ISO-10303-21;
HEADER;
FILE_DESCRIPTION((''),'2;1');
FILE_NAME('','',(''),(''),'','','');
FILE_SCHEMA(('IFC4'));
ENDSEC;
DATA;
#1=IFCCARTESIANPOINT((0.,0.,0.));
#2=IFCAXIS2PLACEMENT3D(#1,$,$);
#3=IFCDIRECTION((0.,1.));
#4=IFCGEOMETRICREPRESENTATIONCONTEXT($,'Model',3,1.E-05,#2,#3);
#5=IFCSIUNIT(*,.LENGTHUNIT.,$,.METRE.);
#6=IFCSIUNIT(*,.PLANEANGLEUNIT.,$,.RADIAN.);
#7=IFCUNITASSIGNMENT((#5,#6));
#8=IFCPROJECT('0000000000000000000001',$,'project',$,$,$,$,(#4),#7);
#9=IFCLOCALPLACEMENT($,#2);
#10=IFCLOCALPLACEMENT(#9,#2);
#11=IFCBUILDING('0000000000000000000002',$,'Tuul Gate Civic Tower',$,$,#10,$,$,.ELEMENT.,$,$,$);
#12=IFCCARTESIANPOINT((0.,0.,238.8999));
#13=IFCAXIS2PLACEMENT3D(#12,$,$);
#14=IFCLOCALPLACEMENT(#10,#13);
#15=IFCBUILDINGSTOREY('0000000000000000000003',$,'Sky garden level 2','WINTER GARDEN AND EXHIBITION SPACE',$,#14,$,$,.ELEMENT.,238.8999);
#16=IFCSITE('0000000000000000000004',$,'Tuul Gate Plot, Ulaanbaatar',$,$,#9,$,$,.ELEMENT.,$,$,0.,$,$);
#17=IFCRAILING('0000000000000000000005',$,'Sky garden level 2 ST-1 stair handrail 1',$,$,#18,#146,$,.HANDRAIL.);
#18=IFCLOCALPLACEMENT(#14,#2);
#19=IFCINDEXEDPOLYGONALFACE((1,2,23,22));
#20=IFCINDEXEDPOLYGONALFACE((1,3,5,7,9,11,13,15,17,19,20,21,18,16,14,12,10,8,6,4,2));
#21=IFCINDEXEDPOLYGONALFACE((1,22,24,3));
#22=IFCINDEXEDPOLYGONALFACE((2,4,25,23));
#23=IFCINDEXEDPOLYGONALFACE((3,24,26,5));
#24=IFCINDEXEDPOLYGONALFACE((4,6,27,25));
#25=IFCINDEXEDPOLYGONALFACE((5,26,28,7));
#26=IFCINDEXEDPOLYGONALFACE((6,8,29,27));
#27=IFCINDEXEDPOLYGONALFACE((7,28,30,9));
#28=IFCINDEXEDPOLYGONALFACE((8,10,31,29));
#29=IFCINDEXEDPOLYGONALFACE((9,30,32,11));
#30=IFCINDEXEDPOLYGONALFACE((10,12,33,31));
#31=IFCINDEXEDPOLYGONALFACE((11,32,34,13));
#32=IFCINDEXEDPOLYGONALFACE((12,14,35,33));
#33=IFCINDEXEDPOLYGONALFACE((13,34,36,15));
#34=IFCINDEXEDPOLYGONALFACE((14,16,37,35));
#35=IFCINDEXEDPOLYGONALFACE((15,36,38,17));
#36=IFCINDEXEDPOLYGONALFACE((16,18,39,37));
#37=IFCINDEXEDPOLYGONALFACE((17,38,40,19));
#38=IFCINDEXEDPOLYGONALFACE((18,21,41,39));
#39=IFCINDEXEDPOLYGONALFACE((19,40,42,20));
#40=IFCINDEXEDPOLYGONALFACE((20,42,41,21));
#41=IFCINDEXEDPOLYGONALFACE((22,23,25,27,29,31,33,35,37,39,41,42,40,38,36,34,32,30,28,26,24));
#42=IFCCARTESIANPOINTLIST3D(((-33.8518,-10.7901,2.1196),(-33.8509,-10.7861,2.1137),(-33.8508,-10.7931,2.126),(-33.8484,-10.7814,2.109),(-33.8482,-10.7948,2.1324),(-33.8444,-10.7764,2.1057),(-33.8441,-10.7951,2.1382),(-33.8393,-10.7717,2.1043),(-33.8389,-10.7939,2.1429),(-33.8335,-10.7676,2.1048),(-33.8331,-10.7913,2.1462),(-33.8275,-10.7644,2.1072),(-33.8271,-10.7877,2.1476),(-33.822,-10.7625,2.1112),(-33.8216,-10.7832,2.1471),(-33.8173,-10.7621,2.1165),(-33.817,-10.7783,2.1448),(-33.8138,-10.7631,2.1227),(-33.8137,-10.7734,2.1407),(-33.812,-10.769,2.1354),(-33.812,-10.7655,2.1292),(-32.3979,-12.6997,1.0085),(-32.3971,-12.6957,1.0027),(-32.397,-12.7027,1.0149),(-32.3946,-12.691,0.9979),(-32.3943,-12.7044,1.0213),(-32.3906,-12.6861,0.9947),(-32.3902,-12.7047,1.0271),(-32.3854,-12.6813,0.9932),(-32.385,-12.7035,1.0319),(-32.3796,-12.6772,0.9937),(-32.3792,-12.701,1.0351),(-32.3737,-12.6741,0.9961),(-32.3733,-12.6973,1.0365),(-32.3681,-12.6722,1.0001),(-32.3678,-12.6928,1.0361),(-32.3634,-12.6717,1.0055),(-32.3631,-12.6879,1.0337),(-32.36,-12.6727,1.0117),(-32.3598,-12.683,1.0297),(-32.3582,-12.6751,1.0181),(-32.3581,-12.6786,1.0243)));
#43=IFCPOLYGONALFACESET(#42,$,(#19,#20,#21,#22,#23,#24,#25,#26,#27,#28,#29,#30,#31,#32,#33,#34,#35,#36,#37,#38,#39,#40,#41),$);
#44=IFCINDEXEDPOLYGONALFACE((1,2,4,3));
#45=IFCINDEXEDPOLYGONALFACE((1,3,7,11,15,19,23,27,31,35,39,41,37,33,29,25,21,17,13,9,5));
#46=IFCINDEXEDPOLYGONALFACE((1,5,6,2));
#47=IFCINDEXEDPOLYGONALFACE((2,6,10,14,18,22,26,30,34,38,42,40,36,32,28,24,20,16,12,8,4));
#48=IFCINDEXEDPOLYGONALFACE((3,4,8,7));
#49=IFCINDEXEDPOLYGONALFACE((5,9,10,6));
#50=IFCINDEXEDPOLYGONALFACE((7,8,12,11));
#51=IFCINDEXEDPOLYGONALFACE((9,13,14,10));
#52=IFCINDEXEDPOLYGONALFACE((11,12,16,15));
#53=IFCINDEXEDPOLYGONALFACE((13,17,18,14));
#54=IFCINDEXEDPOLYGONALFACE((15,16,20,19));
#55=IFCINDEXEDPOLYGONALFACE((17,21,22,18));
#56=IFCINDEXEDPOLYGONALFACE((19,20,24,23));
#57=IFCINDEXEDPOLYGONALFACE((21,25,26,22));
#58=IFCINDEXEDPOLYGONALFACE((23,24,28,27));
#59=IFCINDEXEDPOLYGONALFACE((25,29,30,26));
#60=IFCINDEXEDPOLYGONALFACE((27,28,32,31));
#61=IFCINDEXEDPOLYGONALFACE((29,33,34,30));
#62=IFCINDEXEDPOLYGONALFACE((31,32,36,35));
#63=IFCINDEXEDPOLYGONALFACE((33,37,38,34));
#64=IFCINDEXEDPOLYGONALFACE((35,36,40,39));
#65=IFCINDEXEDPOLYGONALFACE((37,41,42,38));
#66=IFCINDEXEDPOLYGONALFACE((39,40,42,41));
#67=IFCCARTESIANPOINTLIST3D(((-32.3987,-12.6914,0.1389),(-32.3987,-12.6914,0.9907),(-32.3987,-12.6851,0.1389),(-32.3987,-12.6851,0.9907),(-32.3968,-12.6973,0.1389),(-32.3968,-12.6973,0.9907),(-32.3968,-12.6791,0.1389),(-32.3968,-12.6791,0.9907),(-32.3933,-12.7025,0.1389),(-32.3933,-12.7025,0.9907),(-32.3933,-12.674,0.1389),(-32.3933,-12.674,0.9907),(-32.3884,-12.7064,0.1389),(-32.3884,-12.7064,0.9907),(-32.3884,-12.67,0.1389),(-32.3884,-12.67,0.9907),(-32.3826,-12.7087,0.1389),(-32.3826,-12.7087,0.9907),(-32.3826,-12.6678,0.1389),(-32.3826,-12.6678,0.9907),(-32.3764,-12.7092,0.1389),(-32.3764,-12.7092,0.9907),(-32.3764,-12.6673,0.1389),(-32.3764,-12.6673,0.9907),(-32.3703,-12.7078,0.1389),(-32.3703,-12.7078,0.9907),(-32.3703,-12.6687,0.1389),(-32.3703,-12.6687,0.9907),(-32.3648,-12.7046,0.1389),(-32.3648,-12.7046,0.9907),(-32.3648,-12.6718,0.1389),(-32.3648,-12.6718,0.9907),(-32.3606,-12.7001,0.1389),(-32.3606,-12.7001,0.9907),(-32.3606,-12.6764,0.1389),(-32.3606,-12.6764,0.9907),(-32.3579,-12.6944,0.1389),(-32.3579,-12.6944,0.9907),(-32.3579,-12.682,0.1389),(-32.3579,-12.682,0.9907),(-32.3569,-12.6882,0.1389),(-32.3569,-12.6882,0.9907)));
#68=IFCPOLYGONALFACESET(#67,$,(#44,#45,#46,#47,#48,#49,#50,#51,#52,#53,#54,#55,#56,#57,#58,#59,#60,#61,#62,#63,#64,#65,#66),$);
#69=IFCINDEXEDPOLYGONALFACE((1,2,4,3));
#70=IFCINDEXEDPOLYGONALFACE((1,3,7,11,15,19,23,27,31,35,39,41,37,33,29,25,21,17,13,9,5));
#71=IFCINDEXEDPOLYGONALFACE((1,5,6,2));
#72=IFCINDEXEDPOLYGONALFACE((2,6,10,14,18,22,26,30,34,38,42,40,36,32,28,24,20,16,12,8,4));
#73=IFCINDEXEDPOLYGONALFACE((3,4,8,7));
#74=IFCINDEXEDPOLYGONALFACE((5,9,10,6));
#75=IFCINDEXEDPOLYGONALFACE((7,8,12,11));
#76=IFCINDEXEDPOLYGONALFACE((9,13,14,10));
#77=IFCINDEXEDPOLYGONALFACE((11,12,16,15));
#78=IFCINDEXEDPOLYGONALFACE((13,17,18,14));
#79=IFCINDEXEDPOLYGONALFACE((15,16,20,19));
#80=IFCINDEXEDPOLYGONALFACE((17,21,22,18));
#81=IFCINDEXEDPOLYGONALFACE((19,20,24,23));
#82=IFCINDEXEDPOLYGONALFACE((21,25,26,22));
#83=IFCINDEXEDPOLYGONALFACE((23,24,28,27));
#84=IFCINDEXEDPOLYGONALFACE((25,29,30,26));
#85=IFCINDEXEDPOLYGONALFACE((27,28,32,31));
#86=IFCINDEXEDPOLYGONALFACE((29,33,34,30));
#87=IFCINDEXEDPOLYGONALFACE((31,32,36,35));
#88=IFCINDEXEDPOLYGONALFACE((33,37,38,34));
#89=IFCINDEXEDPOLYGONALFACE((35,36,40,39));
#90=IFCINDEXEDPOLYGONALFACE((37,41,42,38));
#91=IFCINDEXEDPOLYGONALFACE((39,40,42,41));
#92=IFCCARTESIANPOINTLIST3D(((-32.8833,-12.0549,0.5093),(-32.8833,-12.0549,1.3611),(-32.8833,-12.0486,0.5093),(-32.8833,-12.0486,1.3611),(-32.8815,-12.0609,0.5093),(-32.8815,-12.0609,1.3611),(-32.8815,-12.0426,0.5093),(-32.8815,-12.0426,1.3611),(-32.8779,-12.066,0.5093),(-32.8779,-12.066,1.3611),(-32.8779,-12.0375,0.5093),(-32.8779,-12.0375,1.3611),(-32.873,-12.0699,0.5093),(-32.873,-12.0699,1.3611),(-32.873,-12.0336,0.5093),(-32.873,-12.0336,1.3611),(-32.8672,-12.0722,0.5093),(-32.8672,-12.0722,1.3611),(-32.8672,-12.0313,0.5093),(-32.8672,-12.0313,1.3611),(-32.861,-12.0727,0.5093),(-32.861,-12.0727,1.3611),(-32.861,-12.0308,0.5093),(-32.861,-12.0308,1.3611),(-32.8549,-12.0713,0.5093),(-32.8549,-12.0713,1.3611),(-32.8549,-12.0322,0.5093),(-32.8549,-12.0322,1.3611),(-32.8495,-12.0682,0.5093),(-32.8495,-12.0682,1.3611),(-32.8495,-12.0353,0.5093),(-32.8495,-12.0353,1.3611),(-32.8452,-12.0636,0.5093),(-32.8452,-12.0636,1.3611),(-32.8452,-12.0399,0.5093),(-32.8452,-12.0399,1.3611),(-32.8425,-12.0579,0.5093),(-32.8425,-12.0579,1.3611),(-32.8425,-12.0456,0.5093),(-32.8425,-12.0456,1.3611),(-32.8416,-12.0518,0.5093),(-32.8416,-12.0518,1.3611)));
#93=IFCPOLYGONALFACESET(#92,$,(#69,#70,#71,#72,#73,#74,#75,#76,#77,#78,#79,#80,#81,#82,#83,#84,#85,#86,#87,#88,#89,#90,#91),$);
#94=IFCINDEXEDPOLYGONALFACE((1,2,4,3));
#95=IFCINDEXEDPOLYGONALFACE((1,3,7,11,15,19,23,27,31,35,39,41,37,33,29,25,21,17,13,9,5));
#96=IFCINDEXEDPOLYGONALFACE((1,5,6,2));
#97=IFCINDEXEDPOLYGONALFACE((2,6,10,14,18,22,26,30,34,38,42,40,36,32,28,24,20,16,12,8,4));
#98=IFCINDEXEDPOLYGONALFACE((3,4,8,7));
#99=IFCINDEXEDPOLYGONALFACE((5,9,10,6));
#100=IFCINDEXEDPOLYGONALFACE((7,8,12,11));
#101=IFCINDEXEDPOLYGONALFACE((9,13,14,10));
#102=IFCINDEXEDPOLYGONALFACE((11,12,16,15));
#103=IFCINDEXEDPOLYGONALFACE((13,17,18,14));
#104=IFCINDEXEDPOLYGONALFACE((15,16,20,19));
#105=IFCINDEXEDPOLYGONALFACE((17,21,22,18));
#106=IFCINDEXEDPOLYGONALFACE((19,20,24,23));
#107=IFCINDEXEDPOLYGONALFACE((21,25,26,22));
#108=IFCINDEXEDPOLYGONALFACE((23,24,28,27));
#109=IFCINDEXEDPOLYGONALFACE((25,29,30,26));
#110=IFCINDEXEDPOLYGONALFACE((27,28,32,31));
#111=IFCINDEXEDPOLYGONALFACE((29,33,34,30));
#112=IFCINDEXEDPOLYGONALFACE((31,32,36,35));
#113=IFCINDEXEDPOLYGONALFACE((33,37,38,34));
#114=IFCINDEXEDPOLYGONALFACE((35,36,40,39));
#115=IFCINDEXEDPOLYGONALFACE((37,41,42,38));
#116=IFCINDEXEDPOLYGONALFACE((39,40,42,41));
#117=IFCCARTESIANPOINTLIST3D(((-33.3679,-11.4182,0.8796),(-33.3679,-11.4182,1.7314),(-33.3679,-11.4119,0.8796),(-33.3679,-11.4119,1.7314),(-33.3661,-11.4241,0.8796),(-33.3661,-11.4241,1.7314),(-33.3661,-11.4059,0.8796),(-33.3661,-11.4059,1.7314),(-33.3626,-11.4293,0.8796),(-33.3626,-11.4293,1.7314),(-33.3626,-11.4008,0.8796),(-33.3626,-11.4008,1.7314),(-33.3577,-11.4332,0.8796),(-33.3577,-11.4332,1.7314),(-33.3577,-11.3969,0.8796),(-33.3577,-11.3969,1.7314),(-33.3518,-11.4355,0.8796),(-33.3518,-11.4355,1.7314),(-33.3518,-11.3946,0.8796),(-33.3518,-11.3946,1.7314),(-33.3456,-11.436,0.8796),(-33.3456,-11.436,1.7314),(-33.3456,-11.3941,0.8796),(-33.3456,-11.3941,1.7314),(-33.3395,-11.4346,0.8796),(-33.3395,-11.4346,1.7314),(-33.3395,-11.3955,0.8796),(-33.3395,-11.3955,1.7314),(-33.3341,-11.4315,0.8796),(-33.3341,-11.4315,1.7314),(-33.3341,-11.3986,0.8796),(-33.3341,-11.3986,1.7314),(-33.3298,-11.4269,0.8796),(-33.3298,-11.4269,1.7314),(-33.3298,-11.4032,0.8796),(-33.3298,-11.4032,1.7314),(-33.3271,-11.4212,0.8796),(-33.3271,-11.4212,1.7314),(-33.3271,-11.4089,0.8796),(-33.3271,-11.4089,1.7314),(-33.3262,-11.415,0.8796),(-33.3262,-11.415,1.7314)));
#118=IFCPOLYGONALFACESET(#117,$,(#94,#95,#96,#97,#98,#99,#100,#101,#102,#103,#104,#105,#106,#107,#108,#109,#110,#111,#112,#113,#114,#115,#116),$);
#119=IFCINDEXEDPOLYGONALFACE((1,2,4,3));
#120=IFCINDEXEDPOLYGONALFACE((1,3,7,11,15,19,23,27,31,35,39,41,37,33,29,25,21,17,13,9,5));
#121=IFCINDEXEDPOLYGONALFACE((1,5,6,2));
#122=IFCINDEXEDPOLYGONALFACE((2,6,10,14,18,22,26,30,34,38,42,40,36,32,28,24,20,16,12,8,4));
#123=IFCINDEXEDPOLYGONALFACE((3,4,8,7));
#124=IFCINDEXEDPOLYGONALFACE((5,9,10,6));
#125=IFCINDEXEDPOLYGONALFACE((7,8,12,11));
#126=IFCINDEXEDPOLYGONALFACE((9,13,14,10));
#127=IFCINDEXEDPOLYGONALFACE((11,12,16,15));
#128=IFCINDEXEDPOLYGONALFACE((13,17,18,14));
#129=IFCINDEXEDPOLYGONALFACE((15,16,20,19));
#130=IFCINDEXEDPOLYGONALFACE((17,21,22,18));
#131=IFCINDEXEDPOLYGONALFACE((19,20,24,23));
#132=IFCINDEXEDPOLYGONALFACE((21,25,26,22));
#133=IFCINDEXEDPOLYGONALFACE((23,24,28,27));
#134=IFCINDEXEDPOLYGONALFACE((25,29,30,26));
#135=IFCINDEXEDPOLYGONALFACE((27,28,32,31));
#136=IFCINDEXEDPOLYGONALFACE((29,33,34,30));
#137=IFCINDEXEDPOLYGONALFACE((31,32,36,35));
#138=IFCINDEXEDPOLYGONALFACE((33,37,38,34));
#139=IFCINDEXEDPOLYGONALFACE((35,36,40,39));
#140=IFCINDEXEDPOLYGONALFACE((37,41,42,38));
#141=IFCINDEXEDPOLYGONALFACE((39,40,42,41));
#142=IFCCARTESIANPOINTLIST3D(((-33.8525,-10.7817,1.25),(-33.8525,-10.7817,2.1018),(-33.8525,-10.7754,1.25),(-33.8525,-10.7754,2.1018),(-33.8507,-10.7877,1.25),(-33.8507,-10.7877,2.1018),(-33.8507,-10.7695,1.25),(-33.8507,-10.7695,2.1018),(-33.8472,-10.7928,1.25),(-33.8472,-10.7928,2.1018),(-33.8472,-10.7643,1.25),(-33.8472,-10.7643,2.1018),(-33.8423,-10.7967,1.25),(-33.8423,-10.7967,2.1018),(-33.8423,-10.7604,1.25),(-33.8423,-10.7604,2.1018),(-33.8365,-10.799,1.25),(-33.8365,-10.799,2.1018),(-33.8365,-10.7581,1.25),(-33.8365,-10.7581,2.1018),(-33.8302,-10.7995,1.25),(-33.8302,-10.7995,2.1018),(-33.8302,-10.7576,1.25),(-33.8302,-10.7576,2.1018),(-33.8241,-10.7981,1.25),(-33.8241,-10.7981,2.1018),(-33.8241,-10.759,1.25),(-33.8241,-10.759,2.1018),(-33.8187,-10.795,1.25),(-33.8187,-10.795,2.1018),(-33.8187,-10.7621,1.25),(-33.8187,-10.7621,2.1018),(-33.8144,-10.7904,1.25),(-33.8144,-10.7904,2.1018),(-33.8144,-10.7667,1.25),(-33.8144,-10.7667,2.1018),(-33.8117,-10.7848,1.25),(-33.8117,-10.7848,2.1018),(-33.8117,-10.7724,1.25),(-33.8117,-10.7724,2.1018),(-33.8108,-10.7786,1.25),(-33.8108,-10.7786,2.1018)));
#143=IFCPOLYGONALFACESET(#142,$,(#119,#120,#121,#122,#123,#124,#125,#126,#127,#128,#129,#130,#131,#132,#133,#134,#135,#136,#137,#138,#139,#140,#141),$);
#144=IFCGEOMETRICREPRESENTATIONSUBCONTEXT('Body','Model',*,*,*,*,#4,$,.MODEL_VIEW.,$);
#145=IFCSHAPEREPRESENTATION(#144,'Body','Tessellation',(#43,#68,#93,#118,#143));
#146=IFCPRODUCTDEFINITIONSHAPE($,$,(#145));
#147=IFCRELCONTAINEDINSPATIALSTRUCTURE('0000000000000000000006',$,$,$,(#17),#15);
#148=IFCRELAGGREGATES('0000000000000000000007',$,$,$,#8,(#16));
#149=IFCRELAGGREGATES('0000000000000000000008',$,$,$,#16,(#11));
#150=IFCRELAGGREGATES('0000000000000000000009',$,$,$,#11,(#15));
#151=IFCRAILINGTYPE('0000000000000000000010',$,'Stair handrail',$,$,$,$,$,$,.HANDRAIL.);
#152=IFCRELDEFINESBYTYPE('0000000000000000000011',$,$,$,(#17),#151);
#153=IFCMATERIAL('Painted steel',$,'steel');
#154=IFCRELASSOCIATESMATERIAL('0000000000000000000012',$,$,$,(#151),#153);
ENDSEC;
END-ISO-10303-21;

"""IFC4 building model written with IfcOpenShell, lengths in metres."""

from ifc_helpers import new_model, si_unit, direction, frame, origin, origin_2d, place, context, subcontext, project, spatial, circle, extrude, material, type_object, element, save


model = new_model("IFC4")

# Units and contexts
model_context = context("Model", 3, precision=1e-05, world=origin(), true_north=direction((0.0, 1.0)))
body_context = subcontext(model_context, "Body", "Model", "MODEL_VIEW")
ifc_project = project(units=[si_unit("LENGTHUNIT", "METRE"), si_unit("PLANEANGLEUNIT", "RADIAN")], contexts=[model_context])

# Site, building, storey
site_placement = place(None, origin())
site = spatial("IfcSite", under=ifc_project, at=site_placement, Name="Tuul Gate Plot, Ulaanbaatar", CompositionType="ELEMENT", RefElevation=0.0)
building_placement = place(site_placement, origin())
building = spatial("IfcBuilding", under=site, at=building_placement, Name="Tuul Gate Civic Tower", CompositionType="ELEMENT")
storey_placement = place(building_placement, frame((0.0, 0.0, 238.8999)))
storey = spatial("IfcBuildingStorey", under=building, at=storey_placement, Name="Sky garden level 2", Description="WINTER GARDEN AND EXHIBITION SPACE", CompositionType="ELEMENT", Elevation=238.8999)

# Railing
ifc_material_1 = material(Name="Painted steel", Category="steel")
railing_type = type_object("IfcRailingType", Name="Stair handrail", PredefinedType="HANDRAIL", material=ifc_material_1)
railing_1_placement = place(storey_placement, frame((-32.3779, -12.6882, 0.1389)))
element("IfcRailing", 1, at=railing_1_placement, inside=storey, type_object=railing_type, Name="Sky garden level 2 ST-1 stair handrail 1", PredefinedType="HANDRAIL", context=body_context, shape_type="SweptSolid", body=[
    extrude(circle(Radius=0.0239, at=origin_2d()), frame((0.0, 0.0, 0.876), z_axis=(-0.549701, 0.722042, 0.420099), x_axis=(-0.795658, -0.605746, 0.0)), (0.0, 0.0, 1.0), 2.6448),
    extrude(circle(Radius=0.021, at=origin_2d()), origin(), (0.0, 0.0, 1.0), 0.8518),
    extrude(circle(Radius=0.021, at=origin_2d()), frame((-0.4846, 0.6365, 0.3704)), (0.0, 0.0, 1.0), 0.8518),
    extrude(circle(Radius=0.021, at=origin_2d()), frame((-0.9692, 1.2732, 0.7407)), (0.0, 0.0, 1.0), 0.8518),
    extrude(circle(Radius=0.021, at=origin_2d()), frame((-1.4539, 1.9097, 1.1111)), (0.0, 0.0, 1.0), 0.8518),
])

save(model, "model.ifc")
